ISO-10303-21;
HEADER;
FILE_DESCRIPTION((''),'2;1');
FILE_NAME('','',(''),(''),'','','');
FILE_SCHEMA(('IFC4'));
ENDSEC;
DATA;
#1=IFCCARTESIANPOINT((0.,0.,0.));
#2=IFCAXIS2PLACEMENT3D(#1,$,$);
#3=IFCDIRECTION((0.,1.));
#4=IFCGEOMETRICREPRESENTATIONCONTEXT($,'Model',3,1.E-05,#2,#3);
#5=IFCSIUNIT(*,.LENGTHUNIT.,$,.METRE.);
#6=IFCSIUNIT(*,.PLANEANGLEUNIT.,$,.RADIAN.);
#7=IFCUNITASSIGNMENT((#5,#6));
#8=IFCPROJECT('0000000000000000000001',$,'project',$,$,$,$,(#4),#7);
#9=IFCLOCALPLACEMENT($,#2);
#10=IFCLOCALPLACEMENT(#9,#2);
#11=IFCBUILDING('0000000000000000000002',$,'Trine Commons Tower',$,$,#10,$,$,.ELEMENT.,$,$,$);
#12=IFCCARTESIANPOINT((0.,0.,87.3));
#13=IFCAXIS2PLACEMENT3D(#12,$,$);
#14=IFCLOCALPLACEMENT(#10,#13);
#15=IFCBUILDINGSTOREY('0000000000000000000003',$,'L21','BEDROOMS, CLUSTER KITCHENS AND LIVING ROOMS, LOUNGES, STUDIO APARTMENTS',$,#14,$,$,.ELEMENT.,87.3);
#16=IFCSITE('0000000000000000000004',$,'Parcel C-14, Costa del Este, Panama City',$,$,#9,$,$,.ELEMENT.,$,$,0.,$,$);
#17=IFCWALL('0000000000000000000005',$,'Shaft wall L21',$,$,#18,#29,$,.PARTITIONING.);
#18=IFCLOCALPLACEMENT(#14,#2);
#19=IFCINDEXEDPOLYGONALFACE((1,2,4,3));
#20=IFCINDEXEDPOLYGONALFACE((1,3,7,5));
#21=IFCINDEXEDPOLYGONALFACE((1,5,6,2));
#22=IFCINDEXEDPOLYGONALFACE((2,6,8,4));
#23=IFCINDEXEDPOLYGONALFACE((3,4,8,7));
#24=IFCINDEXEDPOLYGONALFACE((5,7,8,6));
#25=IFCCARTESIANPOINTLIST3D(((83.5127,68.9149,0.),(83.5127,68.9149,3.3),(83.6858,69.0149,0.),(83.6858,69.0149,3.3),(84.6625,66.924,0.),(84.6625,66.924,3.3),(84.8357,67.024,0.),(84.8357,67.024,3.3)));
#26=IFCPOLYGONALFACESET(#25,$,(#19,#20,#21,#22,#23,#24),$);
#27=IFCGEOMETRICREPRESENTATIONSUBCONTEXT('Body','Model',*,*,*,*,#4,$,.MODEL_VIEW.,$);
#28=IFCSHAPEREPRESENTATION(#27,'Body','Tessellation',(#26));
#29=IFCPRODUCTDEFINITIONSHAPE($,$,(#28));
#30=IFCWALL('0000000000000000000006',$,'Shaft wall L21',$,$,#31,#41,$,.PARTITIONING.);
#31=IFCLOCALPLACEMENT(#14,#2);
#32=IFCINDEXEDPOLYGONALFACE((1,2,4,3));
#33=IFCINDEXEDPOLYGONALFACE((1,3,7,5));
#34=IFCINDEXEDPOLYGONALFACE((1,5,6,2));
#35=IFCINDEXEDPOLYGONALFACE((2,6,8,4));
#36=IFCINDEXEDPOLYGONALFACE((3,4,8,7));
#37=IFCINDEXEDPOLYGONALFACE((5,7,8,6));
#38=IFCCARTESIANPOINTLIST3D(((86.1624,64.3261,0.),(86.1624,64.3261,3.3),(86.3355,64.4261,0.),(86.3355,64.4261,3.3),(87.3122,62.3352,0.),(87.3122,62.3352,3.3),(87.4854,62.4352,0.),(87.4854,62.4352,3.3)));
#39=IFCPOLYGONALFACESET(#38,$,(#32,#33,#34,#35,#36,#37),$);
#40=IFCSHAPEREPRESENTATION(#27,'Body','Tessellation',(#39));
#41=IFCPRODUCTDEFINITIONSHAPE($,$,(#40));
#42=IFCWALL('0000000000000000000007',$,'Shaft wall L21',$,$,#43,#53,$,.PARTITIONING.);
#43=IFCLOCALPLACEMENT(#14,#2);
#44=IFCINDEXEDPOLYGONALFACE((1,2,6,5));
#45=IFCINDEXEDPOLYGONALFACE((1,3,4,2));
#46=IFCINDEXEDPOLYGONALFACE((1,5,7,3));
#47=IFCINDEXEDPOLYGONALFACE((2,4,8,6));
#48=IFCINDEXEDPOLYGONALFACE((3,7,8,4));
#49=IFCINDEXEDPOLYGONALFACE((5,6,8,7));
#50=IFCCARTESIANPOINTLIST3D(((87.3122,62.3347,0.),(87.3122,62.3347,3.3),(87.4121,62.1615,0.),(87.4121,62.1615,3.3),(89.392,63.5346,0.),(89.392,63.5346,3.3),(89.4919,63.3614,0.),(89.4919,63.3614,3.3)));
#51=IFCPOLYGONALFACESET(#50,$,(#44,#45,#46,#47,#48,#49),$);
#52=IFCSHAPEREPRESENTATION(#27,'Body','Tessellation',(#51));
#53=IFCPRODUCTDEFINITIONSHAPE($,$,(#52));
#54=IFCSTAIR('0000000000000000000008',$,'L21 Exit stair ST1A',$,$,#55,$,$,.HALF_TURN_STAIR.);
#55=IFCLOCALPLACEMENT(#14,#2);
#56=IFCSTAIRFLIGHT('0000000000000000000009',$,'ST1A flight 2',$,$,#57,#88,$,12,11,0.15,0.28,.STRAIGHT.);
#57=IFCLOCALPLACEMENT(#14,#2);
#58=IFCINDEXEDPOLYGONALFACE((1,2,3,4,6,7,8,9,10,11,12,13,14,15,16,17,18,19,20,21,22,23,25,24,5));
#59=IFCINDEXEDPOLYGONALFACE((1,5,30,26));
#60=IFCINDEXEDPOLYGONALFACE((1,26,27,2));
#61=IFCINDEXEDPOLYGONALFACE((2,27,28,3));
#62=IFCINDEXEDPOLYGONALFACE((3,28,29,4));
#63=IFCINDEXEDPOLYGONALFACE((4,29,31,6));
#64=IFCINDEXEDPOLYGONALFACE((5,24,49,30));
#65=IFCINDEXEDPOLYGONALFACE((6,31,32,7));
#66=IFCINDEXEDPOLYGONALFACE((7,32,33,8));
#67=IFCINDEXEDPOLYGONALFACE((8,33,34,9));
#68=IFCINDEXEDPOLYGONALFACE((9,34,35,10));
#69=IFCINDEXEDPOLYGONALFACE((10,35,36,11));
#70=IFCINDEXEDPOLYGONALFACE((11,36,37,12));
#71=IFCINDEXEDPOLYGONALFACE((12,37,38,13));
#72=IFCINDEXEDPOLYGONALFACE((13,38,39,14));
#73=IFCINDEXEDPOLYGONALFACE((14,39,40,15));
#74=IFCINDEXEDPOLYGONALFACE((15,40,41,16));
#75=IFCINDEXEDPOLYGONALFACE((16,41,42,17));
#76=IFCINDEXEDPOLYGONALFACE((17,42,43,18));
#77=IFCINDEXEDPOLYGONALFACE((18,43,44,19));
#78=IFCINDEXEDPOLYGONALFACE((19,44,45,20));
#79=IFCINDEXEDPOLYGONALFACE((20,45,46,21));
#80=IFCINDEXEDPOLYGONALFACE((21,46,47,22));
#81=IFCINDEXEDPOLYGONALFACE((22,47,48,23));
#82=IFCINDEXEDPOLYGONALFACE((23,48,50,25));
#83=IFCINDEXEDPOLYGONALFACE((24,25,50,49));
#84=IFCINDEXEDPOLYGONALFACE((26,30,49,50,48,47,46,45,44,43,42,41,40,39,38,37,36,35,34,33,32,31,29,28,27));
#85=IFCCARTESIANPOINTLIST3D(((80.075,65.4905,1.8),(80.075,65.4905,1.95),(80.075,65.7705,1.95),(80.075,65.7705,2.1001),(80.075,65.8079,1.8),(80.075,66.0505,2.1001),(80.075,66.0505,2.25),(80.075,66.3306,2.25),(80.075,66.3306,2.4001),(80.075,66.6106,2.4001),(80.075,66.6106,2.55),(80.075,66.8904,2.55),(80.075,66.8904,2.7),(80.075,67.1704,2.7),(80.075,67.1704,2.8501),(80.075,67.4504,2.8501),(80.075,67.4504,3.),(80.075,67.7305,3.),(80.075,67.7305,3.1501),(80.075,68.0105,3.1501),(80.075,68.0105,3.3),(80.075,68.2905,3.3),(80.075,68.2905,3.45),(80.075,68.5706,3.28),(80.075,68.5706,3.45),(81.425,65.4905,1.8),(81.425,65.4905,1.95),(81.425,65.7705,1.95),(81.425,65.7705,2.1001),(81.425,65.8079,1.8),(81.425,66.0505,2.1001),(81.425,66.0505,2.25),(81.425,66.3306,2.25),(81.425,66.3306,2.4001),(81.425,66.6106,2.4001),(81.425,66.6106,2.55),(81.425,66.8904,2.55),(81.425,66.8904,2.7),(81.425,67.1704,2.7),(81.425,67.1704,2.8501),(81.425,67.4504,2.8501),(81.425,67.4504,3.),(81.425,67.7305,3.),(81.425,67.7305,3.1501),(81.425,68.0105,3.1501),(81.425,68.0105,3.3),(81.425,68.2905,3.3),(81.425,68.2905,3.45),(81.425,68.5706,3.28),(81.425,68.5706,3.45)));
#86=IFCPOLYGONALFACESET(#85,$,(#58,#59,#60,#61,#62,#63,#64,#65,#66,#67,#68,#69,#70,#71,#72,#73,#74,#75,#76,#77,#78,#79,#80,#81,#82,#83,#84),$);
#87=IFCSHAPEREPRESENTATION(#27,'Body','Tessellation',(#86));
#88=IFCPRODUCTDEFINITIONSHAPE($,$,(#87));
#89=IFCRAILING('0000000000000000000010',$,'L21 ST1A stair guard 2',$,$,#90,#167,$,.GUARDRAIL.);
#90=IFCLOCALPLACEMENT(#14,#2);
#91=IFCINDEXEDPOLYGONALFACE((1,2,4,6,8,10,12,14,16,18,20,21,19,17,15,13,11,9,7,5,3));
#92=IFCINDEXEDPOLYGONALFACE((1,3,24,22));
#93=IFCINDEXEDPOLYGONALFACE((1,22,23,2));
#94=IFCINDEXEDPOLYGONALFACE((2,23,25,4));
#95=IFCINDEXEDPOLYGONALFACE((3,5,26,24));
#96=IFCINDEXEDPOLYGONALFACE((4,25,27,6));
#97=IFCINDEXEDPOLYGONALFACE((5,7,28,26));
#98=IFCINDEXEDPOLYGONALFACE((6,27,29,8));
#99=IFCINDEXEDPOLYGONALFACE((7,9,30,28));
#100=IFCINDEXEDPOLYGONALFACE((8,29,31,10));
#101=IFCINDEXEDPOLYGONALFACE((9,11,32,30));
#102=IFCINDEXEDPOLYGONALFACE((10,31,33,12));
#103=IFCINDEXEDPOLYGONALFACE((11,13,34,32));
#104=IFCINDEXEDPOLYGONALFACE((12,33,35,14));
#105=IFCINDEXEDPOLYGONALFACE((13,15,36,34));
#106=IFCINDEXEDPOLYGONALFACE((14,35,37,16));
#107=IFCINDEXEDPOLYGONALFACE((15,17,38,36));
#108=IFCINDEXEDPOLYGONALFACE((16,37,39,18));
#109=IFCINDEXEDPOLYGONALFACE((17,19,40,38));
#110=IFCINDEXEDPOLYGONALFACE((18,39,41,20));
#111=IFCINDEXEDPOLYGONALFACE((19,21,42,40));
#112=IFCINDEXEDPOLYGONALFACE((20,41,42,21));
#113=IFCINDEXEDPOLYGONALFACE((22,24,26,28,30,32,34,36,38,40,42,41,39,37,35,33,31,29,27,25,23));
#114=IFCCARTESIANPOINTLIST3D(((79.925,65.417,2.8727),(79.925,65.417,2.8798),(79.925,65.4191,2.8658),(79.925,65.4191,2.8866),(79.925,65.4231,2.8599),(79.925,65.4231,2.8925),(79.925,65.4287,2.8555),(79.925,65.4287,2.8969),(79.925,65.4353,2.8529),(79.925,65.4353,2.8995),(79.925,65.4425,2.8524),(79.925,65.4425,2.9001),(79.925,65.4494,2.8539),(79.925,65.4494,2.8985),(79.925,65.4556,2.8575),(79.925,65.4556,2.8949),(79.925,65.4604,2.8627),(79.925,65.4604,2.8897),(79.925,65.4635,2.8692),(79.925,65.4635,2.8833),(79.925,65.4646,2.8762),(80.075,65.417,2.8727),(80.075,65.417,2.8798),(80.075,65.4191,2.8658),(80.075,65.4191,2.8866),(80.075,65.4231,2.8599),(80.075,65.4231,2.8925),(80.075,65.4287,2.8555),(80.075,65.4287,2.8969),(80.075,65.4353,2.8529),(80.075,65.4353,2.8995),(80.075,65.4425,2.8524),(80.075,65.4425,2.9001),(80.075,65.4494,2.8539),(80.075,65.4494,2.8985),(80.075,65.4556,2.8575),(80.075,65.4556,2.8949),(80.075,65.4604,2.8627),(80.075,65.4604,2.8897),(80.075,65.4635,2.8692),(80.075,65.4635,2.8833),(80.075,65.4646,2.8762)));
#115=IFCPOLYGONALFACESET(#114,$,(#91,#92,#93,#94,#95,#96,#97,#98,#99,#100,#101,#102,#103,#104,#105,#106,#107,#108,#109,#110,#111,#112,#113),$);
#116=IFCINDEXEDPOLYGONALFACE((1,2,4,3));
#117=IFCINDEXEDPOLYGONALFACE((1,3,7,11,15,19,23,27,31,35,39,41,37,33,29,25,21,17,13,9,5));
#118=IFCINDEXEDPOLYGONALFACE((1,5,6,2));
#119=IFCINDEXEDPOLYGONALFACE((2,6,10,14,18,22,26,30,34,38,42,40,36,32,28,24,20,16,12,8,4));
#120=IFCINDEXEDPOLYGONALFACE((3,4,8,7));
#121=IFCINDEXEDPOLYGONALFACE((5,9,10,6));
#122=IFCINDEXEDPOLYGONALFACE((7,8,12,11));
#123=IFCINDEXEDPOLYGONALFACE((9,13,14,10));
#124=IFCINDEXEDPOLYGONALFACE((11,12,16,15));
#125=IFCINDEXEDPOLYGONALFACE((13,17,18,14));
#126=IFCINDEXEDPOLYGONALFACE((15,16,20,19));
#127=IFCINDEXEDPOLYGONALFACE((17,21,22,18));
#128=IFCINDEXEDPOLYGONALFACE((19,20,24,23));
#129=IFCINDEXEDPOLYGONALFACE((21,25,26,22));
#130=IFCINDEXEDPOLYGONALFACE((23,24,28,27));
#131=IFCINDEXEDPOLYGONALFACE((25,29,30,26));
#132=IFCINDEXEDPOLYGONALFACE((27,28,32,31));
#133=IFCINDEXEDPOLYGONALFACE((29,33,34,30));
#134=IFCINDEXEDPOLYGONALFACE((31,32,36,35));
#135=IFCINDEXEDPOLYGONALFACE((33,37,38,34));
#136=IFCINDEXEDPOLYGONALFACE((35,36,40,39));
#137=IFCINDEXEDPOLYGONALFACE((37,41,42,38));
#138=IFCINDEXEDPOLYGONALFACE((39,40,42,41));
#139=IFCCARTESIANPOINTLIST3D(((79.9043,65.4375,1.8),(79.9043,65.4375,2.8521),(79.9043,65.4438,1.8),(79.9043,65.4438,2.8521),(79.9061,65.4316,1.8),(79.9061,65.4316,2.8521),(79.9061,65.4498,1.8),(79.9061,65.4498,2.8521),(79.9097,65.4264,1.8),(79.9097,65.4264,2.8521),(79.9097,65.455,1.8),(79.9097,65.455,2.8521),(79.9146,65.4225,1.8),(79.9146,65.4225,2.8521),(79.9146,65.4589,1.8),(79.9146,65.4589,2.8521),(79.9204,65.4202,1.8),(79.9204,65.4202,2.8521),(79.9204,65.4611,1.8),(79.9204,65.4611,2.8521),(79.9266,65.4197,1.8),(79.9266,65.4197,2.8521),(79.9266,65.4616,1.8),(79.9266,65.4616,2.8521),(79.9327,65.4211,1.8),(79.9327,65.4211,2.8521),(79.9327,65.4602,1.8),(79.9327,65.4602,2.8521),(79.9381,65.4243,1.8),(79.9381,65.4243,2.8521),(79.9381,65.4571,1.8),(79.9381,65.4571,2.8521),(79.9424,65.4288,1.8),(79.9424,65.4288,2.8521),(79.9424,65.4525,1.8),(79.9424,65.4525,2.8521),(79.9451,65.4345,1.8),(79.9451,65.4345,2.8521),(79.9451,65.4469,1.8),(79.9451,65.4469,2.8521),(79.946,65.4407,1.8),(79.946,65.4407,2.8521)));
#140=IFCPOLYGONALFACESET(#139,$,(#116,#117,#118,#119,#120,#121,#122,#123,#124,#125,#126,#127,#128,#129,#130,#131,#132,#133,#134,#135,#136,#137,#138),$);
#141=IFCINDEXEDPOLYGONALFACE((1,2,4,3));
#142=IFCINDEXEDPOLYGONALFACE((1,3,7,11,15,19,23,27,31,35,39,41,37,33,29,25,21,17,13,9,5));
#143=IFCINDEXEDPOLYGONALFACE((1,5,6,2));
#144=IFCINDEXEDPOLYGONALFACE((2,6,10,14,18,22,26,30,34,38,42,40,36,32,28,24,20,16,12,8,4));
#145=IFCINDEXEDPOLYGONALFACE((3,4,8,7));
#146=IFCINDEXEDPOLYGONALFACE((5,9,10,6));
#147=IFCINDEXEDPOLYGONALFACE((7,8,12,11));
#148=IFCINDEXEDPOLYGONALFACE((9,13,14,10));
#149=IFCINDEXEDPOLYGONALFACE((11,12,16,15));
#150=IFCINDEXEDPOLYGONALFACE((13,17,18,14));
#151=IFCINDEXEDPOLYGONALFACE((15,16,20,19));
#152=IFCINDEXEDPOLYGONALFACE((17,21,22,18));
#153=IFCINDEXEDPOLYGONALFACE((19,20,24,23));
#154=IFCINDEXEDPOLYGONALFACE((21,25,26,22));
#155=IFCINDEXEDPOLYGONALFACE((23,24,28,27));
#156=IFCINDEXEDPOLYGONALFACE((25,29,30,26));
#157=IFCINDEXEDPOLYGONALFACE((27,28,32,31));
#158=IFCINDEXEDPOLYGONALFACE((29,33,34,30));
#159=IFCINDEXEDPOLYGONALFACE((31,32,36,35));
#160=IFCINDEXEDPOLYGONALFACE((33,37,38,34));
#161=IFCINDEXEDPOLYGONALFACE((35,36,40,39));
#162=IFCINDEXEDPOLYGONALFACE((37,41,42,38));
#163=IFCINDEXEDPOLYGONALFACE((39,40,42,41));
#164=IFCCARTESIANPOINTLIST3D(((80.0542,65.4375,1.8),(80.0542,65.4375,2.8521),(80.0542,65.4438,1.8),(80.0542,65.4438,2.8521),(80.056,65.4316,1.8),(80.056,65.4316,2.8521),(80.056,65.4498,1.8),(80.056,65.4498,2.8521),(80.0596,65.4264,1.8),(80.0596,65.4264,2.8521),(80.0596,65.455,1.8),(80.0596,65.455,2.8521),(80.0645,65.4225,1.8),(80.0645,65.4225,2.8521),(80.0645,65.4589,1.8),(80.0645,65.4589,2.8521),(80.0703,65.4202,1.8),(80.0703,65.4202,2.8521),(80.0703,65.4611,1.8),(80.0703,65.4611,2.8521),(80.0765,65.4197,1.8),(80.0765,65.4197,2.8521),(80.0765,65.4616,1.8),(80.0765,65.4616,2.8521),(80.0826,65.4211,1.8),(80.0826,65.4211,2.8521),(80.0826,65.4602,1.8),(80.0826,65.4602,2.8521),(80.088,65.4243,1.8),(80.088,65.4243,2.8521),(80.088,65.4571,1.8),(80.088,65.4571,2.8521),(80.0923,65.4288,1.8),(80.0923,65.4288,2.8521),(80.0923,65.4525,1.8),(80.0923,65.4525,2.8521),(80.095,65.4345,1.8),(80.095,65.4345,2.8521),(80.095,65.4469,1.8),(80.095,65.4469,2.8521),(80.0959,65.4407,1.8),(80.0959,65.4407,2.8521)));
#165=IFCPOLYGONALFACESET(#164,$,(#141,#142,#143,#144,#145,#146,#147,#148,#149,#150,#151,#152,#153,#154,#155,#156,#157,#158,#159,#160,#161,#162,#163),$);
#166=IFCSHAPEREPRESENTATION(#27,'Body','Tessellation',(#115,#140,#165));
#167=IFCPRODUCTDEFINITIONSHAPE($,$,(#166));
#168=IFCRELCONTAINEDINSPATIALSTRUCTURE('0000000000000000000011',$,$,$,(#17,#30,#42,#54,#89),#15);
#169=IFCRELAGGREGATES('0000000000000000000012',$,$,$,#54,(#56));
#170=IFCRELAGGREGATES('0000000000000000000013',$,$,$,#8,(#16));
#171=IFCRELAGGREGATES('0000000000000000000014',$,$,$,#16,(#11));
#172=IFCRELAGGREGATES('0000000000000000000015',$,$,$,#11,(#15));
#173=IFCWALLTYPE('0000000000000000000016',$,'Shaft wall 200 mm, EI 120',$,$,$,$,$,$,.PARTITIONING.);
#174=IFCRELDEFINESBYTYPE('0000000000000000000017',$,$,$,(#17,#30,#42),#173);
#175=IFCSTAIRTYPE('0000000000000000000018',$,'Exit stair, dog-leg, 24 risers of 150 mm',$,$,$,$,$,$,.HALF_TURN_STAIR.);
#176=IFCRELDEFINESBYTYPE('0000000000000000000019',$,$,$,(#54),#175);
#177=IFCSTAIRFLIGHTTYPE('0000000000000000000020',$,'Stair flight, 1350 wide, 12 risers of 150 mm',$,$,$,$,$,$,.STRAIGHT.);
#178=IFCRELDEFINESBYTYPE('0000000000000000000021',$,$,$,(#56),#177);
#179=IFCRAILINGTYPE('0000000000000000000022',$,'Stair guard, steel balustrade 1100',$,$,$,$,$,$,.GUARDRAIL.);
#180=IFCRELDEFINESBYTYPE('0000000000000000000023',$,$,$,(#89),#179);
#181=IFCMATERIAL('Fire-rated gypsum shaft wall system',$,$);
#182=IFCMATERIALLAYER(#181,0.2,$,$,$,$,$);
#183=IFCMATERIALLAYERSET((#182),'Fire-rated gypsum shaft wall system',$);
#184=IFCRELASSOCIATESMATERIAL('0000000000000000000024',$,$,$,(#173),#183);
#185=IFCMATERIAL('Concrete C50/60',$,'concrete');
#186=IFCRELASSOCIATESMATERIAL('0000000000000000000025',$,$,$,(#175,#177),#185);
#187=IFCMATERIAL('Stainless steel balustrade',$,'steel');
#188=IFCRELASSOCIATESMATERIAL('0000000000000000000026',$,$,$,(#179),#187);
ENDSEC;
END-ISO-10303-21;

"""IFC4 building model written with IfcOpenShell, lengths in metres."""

from ifc_helpers import new_model, si_unit, direction, frame, frame_2d, origin, origin_2d, place, context, subcontext, project, spatial, polyline, rectangle, circle, outline, extrude, material, layer, layer_set, type_object, element, aggregate, save


model = new_model("IFC4")

# Units and contexts
model_context = context("Model", 3, precision=1e-05, world=origin(), true_north=direction((0.0, 1.0)))
body_context = subcontext(model_context, "Body", "Model", "MODEL_VIEW")
ifc_project = project(units=[si_unit("LENGTHUNIT", "METRE"), si_unit("PLANEANGLEUNIT", "RADIAN")], contexts=[model_context])

# Site, building, storey
site_placement = place(None, origin())
site = spatial("IfcSite", under=ifc_project, at=site_placement, Name="Parcel C-14, Costa del Este, Panama City", CompositionType="ELEMENT", RefElevation=0.0)
building_placement = place(site_placement, origin())
building = spatial("IfcBuilding", under=site, at=building_placement, Name="Trine Commons Tower", CompositionType="ELEMENT")
storey_placement = place(building_placement, frame((0.0, 0.0, 87.3)))
storey = spatial("IfcBuildingStorey", under=building, at=storey_placement, Name="L21", Description="BEDROOMS, CLUSTER KITCHENS AND LIVING ROOMS, LOUNGES, STUDIO APARTMENTS", CompositionType="ELEMENT", Elevation=87.3)

# Shared definitions
ifc_material_1 = material(Name="Fire-rated gypsum shaft wall system")

# Walls
ifc_layer_1 = layer(ifc_material_1, 0.2)
ifc_layer_set_1 = layer_set([ifc_layer_1], Name="Fire-rated gypsum shaft wall system")
wall_type_1 = type_object("IfcWallType", Name="Shaft wall 200 mm, EI 120", PredefinedType="PARTITIONING", material=ifc_layer_set_1)
for number, where, z_axis, x_axis, name in (
    (1, (84.749, 66.9741, 0.0), (0.0, 0.0, 1.0), (-0.500136, 0.865947, 0.0), "Shaft wall L21"),
    (2, (86.249, 64.376, 0.0), (0.0, 0.0, 1.0), (0.500136, -0.865947, 0.0), "Shaft wall L21"),
):
    element("IfcWall", number, at=place(storey_placement, frame(where, z_axis=z_axis, x_axis=x_axis)), inside=storey, type_object=wall_type_1, Name=name, PredefinedType="PARTITIONING", context=body_context, shape_type="SweptSolid", body=[
        extrude(rectangle(XDim=2.2991, YDim=0.2, at=frame_2d((1.1494, 0.0))), origin(), (0.0, 0.0, 1.0), 3.3),
    ])
wall_1_placement = place(storey_placement, frame((87.3621, 62.248, 0.0), z_axis=(0.0, 0.0, 1.0), x_axis=(0.866177, 0.499737, 0.0)))
element("IfcWall", 3, at=wall_1_placement, inside=storey, type_object=wall_type_1, Name="Shaft wall L21", PredefinedType="PARTITIONING", context=body_context, shape_type="SweptSolid", body=[
    extrude(rectangle(XDim=2.4011, YDim=0.2, at=frame_2d((1.2007, 0.0))), origin(), (0.0, 0.0, 1.0), 3.3),
])

# Stair, stair flight
ifc_material_2 = material(Name="Concrete C50/60", Category="concrete")
stair_type = type_object("IfcStairType", Name="Exit stair, dog-leg, 24 risers of 150 mm", PredefinedType="HALF_TURN_STAIR", material=ifc_material_2)
stair_placement = place(storey_placement, origin())
stair = element("IfcStair", 4, at=stair_placement, inside=storey, type_object=stair_type, Name="L21 Exit stair ST1A", PredefinedType="HALF_TURN_STAIR")
stair_flight_type = type_object("IfcStairFlightType", Name="Stair flight, 1350 wide, 12 risers of 150 mm", PredefinedType="STRAIGHT", material=ifc_material_2)
stair_flight_placement = place(storey_placement, frame((80.75, 65.4905, 1.8), z_axis=(0.0, 0.0, 1.0), x_axis=(0.0, 1.0, 0.0)))
stair_flight = element("IfcStairFlight", 5, at=stair_flight_placement, type_object=stair_flight_type, Name="ST1A flight 2", NumberOfRisers=12, NumberOfTreads=11, PredefinedType="STRAIGHT", RiserHeight=0.15, TreadLength=0.28, context=body_context, shape_type="SweptSolid", body=[
    extrude(outline(polyline([(0.0, 0.0), (0.0, 0.1499), (0.28, 0.1499), (0.28, 0.3), (0.5601, 0.3), (0.5601, 0.45), (0.8401, 0.45), (0.8401, 0.6001), (1.1201, 0.6001), (1.1201, 0.75), (1.3999, 0.75), (1.3999, 0.8999), (1.6799, 0.8999), (1.6799, 1.05), (1.96, 1.05), (1.96, 1.2), (2.24, 1.2), (2.24, 1.3501), (2.52, 1.3501), (2.52, 1.5), (2.8, 1.5), (2.8, 1.6499), (3.0801, 1.6499), (3.0801, 1.8), (3.0801, 1.48), (0.3174, 0.0), (0.0, 0.0)])), frame((0.0, 0.675, 0.0), z_axis=(0.0, -1.0, 0.0), x_axis=(1.0, 0.0, 0.0)), (0.0, 0.0, 1.0), 1.3501),
])
aggregate(stair, [stair_flight])

# Railing
ifc_material_3 = material(Name="Stainless steel balustrade", Category="steel")
railing_type_1 = type_object("IfcRailingType", Name="Stair guard, steel balustrade 1100", PredefinedType="GUARDRAIL", material=ifc_material_3)
railing_1_placement = place(storey_placement, frame((79.925, 65.4407, 1.8)))
element("IfcRailing", 6, at=railing_1_placement, inside=storey, type_object=railing_type_1, Name="L21 ST1A stair guard 2", PredefinedType="GUARDRAIL", context=body_context, shape_type="SweptSolid", body=[
    extrude(circle(Radius=0.0239, at=origin_2d()), frame((0.0, 0.0, 1.0762), z_axis=(1.0, 0.0, 0.0), x_axis=(0.0, 1.0, 0.0)), (0.0, 0.0, 1.0), 0.1499),
    extrude(circle(Radius=0.021, at=origin_2d()), origin(), (0.0, 0.0, 1.0), 1.052),
    extrude(circle(Radius=0.021, at=origin_2d()), frame((0.1499, 0.0, 0.0)), (0.0, 0.0, 1.0), 1.052),
])

save(model, "model.ifc")
